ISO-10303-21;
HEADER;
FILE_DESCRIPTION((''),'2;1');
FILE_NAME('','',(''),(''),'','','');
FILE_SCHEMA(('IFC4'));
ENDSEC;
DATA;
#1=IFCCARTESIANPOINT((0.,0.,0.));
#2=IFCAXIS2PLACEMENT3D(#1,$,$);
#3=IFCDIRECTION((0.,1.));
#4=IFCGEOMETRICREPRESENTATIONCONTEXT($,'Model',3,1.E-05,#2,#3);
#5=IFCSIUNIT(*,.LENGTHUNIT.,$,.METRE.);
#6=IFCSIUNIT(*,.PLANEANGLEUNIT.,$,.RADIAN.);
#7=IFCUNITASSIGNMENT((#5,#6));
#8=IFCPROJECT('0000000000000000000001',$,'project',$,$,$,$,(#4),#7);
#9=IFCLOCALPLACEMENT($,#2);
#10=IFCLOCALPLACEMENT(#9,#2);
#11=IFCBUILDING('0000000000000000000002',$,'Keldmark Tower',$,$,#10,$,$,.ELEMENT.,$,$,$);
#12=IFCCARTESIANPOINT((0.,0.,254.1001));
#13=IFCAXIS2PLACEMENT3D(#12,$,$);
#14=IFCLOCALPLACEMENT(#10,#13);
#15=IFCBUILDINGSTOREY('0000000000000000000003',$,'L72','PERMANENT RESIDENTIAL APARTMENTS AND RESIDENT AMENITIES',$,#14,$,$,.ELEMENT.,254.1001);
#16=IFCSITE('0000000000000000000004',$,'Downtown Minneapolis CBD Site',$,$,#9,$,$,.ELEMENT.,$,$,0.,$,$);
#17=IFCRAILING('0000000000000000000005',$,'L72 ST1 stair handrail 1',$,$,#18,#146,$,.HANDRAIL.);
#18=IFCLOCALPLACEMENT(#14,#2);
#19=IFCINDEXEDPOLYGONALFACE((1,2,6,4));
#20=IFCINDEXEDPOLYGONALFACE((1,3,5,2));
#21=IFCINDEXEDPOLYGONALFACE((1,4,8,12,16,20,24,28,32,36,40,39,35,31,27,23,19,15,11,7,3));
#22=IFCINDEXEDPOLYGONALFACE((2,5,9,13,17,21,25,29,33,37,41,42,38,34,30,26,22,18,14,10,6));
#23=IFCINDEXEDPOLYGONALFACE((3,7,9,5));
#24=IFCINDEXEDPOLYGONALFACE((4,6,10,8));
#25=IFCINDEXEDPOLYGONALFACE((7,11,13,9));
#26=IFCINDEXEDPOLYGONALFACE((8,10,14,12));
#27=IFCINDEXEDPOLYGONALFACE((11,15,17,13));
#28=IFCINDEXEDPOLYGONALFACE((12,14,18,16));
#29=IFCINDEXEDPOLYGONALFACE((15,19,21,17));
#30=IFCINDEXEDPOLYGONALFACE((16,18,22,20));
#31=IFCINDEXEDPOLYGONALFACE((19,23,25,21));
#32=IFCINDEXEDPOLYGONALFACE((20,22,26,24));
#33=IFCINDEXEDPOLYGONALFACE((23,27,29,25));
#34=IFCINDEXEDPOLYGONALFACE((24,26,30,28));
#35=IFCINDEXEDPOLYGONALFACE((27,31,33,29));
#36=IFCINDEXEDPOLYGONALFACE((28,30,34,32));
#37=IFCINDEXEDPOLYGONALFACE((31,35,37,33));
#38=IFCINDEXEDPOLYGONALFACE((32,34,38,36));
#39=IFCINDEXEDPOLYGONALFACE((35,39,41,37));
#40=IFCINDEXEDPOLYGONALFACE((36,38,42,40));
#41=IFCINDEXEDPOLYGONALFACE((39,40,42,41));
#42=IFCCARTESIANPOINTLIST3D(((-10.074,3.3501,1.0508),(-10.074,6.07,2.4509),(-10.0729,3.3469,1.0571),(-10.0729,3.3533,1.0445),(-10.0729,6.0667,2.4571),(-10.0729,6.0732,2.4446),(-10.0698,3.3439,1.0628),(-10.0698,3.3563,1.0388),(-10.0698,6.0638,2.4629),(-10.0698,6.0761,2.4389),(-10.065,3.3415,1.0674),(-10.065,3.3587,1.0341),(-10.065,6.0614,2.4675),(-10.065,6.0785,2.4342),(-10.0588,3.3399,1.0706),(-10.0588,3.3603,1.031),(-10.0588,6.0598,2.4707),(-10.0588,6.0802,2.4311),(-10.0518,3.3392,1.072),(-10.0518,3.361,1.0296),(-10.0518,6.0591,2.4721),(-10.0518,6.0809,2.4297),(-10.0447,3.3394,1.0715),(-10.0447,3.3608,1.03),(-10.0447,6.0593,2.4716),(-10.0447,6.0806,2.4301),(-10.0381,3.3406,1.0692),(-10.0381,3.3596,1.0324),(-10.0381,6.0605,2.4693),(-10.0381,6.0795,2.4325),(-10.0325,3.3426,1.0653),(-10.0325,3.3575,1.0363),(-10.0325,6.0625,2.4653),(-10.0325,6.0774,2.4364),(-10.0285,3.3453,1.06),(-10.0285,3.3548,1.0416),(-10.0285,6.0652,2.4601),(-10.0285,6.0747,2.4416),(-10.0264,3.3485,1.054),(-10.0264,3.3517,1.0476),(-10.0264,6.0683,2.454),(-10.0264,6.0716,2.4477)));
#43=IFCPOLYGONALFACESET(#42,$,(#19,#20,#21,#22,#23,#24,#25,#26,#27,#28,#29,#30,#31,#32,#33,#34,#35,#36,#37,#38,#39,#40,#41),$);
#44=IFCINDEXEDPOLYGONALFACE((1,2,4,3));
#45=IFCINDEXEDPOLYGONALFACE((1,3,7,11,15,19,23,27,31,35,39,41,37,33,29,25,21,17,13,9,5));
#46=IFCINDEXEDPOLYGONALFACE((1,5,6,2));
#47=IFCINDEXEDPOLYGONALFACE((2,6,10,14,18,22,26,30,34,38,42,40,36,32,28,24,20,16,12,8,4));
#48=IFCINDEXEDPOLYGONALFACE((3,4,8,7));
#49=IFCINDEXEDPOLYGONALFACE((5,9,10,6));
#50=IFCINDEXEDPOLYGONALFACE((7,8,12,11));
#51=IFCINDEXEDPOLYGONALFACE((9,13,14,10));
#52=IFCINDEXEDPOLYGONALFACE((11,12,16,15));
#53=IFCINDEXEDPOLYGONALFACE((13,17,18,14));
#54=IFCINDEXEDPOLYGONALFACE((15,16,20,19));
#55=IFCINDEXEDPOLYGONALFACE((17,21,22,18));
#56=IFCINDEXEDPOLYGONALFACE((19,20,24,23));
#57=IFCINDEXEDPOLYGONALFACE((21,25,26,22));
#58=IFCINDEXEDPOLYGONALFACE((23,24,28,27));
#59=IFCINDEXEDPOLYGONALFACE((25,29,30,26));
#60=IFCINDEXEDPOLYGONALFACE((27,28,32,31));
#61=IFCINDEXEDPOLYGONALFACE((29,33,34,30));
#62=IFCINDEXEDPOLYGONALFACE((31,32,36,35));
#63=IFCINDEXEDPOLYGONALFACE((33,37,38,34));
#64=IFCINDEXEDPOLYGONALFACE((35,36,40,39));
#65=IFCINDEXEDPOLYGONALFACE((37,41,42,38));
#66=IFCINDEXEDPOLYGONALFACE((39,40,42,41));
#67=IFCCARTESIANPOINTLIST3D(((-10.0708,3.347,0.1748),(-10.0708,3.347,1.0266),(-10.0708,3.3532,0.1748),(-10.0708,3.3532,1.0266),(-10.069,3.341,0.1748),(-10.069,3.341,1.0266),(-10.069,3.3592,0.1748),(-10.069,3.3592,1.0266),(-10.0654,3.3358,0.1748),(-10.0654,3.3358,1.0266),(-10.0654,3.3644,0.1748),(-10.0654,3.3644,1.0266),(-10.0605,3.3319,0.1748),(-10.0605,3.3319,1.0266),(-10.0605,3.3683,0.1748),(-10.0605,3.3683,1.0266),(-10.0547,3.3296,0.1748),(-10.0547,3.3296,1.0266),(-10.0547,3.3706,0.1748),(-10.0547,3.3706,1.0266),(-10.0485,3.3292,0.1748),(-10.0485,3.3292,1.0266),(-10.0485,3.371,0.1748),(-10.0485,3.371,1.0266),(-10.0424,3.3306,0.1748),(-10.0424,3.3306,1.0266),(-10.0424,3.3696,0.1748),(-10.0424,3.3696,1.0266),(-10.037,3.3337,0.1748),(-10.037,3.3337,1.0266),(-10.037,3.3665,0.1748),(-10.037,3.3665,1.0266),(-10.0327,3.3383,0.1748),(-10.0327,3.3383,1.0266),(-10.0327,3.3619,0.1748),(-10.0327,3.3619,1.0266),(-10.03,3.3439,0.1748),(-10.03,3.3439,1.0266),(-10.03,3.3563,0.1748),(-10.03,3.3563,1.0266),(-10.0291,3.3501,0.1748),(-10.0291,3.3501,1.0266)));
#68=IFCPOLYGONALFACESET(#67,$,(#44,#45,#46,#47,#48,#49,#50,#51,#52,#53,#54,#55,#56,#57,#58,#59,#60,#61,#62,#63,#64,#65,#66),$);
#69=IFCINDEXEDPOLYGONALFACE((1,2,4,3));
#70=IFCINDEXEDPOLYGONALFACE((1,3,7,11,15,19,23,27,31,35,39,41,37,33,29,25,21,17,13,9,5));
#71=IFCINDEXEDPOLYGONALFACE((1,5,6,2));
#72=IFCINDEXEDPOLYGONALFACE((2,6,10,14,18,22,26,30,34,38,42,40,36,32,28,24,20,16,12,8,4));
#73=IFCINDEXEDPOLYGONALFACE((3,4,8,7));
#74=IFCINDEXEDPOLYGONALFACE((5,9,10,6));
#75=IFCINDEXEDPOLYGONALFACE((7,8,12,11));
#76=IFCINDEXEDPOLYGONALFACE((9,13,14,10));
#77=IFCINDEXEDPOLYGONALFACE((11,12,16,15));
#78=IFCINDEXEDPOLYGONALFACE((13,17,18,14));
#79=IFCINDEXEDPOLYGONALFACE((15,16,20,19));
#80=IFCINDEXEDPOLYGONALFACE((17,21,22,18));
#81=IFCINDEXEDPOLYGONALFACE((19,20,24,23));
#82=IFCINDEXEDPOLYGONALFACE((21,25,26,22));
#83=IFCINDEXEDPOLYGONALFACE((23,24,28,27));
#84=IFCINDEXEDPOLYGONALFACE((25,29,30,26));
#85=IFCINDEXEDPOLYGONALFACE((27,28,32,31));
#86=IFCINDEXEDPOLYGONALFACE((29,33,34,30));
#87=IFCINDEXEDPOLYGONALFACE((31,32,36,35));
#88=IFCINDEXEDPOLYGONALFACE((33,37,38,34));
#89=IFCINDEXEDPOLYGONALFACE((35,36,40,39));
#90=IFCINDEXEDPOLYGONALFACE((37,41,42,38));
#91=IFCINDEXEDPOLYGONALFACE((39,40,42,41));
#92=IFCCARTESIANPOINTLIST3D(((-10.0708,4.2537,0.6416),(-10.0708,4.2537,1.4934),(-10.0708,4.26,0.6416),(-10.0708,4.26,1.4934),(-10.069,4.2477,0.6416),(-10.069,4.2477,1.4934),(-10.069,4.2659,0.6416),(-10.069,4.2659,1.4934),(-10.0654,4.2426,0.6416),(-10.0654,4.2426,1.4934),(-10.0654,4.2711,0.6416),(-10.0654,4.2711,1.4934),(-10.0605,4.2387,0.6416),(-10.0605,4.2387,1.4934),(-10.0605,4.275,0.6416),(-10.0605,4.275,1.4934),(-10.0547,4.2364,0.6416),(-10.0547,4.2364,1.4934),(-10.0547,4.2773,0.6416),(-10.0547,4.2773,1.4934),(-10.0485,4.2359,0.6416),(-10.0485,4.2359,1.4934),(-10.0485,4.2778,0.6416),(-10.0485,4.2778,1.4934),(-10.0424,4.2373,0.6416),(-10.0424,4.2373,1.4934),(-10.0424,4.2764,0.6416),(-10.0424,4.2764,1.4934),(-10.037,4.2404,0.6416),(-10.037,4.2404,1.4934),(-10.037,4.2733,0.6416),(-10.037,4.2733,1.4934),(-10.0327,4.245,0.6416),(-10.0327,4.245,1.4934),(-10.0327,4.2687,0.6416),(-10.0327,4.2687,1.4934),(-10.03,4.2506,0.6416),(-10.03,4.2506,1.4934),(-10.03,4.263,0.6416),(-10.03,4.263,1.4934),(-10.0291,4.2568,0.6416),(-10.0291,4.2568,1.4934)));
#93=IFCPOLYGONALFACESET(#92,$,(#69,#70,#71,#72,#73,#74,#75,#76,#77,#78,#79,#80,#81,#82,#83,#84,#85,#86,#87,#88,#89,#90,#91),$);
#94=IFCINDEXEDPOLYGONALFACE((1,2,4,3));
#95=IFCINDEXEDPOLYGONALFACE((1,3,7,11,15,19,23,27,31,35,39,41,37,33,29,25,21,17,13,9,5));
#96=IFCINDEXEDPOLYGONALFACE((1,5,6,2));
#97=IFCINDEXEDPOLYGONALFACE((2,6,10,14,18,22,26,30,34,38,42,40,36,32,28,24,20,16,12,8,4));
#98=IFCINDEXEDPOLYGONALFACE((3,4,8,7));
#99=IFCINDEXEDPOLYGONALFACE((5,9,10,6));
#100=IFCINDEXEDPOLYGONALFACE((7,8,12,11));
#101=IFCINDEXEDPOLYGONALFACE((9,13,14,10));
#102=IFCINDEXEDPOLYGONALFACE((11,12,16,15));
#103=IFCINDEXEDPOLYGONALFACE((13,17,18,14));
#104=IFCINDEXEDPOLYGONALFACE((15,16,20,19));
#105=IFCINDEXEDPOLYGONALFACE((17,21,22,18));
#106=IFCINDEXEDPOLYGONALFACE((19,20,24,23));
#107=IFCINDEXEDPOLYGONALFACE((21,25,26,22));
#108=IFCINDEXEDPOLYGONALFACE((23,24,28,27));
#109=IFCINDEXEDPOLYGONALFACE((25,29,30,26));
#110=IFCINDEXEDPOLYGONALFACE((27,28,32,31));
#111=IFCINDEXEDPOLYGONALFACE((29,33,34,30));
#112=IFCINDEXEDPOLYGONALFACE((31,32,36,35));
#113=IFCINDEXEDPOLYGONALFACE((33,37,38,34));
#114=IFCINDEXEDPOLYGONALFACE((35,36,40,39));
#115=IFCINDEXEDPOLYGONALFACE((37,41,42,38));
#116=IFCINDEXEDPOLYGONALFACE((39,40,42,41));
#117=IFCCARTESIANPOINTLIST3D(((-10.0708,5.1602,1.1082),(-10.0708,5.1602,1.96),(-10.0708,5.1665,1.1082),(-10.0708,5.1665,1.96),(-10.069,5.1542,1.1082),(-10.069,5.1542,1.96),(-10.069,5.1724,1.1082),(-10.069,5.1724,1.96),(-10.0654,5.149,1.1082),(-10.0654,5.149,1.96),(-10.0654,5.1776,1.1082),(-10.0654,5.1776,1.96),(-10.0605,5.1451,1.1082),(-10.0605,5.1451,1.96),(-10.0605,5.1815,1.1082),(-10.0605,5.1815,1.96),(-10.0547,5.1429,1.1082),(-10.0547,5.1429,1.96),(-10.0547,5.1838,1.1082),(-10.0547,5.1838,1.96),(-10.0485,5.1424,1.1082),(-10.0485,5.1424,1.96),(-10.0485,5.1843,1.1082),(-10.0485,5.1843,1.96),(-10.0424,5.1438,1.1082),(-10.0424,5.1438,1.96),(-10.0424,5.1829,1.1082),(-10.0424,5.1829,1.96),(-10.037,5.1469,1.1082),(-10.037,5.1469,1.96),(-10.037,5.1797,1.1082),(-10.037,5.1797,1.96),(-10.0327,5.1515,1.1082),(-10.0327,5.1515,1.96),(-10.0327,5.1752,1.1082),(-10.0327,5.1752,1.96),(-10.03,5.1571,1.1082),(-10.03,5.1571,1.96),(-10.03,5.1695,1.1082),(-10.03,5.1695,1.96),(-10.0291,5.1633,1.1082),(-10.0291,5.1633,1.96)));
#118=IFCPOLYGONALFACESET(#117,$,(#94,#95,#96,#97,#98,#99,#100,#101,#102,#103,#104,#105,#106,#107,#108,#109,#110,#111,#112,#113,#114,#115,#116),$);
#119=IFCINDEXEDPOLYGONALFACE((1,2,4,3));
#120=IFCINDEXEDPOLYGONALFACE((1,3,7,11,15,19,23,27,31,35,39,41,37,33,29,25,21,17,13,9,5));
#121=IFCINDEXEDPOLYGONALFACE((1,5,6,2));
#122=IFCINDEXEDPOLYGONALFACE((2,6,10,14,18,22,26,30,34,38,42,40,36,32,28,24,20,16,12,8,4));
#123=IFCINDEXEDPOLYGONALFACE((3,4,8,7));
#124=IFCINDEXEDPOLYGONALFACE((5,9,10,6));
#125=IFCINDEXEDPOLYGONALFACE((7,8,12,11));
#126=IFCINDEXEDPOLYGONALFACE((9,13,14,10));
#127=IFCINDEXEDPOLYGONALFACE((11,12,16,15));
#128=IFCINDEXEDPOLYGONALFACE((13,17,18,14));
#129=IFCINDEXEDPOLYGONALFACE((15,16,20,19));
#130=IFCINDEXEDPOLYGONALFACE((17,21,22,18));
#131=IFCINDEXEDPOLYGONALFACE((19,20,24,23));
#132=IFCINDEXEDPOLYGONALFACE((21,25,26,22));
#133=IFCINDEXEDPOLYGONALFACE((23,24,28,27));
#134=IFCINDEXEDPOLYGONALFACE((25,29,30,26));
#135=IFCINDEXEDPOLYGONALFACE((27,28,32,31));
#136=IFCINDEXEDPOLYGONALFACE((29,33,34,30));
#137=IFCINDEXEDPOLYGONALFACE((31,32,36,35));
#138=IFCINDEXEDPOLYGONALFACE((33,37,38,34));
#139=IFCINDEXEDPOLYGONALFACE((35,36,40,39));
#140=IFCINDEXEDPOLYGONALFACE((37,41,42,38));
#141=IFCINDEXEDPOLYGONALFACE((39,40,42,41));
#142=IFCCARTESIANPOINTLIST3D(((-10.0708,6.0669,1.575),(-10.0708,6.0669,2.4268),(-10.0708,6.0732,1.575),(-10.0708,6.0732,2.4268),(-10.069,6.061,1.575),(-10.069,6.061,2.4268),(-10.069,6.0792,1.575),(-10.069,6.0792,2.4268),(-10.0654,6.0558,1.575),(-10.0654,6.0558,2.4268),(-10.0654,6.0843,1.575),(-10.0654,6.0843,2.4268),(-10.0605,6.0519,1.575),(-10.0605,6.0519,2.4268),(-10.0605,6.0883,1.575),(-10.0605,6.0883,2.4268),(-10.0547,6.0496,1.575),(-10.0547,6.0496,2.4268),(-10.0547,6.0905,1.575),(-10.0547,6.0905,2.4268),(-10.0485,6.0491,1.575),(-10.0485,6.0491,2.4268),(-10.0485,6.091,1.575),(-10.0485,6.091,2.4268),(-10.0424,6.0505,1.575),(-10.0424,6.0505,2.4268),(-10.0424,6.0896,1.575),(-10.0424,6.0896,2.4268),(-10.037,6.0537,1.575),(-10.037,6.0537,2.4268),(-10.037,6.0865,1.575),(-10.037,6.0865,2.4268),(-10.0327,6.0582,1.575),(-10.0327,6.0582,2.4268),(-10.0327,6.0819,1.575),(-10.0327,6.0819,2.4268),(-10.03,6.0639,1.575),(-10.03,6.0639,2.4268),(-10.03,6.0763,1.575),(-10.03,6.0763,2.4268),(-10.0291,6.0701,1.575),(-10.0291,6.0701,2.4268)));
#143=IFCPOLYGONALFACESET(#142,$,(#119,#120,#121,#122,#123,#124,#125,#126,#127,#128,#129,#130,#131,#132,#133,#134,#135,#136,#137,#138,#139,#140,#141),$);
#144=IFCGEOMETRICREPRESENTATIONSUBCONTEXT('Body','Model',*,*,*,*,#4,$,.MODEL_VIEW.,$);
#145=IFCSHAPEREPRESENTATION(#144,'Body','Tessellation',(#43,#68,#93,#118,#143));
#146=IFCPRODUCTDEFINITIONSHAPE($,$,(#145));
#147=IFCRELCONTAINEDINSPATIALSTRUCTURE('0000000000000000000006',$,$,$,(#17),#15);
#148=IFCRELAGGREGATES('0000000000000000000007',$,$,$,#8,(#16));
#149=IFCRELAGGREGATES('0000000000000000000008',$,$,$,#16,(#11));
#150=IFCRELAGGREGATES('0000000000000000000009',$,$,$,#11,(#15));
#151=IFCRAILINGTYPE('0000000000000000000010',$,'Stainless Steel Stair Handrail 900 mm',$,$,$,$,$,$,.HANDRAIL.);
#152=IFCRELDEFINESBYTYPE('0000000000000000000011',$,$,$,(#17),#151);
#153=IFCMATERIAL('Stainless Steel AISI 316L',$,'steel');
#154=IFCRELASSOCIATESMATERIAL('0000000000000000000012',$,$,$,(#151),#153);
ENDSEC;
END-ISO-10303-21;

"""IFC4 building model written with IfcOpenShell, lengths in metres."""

from ifc_helpers import new_model, si_unit, direction, frame, origin, origin_2d, place, context, subcontext, project, spatial, circle, extrude, material, type_object, element, save


model = new_model("IFC4")

# Units and contexts
model_context = context("Model", 3, precision=1e-05, world=origin(), true_north=direction((0.0, 1.0)))
body_context = subcontext(model_context, "Body", "Model", "MODEL_VIEW")
ifc_project = project(units=[si_unit("LENGTHUNIT", "METRE"), si_unit("PLANEANGLEUNIT", "RADIAN")], contexts=[model_context])

# Site, building, storey
site_placement = place(None, origin())
site = spatial("IfcSite", under=ifc_project, at=site_placement, Name="Downtown Minneapolis CBD Site", CompositionType="ELEMENT", RefElevation=0.0)
building_placement = place(site_placement, origin())
building = spatial("IfcBuilding", under=site, at=building_placement, Name="Keldmark Tower", CompositionType="ELEMENT")
storey_placement = place(building_placement, frame((0.0, 0.0, 254.1001)))
storey = spatial("IfcBuildingStorey", under=building, at=storey_placement, Name="L72", Description="PERMANENT RESIDENTIAL APARTMENTS AND RESIDENT AMENITIES", CompositionType="ELEMENT", Elevation=254.1001)

# Railing
ifc_material_1 = material(Name="Stainless Steel AISI 316L", Category="steel")
railing_type_1 = type_object("IfcRailingType", Name="Stainless Steel Stair Handrail 900 mm", PredefinedType="HANDRAIL", material=ifc_material_1)
railing_1_placement = place(storey_placement, frame((-10.05, 3.3501, 0.1748)))
element("IfcRailing", 1, at=railing_1_placement, inside=storey, type_object=railing_type_1, Name="L72 ST1 stair handrail 1", PredefinedType="HANDRAIL", context=body_context, shape_type="SweptSolid", body=[
    extrude(circle(Radius=0.0239, at=origin_2d()), frame((0.0, 0.0, 0.876), z_axis=(0.0, 0.889114, 0.457685), x_axis=(-1.0, 0.0, 0.0)), (0.0, 0.0, 1.0), 3.0591),
    extrude(circle(Radius=0.021, at=origin_2d()), origin(), (0.0, 0.0, 1.0), 0.8518),
    extrude(circle(Radius=0.021, at=origin_2d()), frame((0.0, 0.9067, 0.4668)), (0.0, 0.0, 1.0), 0.8518),
    extrude(circle(Radius=0.021, at=origin_2d()), frame((0.0, 1.8132, 0.9333)), (0.0, 0.0, 1.0), 0.8518),
    extrude(circle(Radius=0.021, at=origin_2d()), frame((0.0, 2.72, 1.4001)), (0.0, 0.0, 1.0), 0.8518),
])

save(model, "model.ifc")
